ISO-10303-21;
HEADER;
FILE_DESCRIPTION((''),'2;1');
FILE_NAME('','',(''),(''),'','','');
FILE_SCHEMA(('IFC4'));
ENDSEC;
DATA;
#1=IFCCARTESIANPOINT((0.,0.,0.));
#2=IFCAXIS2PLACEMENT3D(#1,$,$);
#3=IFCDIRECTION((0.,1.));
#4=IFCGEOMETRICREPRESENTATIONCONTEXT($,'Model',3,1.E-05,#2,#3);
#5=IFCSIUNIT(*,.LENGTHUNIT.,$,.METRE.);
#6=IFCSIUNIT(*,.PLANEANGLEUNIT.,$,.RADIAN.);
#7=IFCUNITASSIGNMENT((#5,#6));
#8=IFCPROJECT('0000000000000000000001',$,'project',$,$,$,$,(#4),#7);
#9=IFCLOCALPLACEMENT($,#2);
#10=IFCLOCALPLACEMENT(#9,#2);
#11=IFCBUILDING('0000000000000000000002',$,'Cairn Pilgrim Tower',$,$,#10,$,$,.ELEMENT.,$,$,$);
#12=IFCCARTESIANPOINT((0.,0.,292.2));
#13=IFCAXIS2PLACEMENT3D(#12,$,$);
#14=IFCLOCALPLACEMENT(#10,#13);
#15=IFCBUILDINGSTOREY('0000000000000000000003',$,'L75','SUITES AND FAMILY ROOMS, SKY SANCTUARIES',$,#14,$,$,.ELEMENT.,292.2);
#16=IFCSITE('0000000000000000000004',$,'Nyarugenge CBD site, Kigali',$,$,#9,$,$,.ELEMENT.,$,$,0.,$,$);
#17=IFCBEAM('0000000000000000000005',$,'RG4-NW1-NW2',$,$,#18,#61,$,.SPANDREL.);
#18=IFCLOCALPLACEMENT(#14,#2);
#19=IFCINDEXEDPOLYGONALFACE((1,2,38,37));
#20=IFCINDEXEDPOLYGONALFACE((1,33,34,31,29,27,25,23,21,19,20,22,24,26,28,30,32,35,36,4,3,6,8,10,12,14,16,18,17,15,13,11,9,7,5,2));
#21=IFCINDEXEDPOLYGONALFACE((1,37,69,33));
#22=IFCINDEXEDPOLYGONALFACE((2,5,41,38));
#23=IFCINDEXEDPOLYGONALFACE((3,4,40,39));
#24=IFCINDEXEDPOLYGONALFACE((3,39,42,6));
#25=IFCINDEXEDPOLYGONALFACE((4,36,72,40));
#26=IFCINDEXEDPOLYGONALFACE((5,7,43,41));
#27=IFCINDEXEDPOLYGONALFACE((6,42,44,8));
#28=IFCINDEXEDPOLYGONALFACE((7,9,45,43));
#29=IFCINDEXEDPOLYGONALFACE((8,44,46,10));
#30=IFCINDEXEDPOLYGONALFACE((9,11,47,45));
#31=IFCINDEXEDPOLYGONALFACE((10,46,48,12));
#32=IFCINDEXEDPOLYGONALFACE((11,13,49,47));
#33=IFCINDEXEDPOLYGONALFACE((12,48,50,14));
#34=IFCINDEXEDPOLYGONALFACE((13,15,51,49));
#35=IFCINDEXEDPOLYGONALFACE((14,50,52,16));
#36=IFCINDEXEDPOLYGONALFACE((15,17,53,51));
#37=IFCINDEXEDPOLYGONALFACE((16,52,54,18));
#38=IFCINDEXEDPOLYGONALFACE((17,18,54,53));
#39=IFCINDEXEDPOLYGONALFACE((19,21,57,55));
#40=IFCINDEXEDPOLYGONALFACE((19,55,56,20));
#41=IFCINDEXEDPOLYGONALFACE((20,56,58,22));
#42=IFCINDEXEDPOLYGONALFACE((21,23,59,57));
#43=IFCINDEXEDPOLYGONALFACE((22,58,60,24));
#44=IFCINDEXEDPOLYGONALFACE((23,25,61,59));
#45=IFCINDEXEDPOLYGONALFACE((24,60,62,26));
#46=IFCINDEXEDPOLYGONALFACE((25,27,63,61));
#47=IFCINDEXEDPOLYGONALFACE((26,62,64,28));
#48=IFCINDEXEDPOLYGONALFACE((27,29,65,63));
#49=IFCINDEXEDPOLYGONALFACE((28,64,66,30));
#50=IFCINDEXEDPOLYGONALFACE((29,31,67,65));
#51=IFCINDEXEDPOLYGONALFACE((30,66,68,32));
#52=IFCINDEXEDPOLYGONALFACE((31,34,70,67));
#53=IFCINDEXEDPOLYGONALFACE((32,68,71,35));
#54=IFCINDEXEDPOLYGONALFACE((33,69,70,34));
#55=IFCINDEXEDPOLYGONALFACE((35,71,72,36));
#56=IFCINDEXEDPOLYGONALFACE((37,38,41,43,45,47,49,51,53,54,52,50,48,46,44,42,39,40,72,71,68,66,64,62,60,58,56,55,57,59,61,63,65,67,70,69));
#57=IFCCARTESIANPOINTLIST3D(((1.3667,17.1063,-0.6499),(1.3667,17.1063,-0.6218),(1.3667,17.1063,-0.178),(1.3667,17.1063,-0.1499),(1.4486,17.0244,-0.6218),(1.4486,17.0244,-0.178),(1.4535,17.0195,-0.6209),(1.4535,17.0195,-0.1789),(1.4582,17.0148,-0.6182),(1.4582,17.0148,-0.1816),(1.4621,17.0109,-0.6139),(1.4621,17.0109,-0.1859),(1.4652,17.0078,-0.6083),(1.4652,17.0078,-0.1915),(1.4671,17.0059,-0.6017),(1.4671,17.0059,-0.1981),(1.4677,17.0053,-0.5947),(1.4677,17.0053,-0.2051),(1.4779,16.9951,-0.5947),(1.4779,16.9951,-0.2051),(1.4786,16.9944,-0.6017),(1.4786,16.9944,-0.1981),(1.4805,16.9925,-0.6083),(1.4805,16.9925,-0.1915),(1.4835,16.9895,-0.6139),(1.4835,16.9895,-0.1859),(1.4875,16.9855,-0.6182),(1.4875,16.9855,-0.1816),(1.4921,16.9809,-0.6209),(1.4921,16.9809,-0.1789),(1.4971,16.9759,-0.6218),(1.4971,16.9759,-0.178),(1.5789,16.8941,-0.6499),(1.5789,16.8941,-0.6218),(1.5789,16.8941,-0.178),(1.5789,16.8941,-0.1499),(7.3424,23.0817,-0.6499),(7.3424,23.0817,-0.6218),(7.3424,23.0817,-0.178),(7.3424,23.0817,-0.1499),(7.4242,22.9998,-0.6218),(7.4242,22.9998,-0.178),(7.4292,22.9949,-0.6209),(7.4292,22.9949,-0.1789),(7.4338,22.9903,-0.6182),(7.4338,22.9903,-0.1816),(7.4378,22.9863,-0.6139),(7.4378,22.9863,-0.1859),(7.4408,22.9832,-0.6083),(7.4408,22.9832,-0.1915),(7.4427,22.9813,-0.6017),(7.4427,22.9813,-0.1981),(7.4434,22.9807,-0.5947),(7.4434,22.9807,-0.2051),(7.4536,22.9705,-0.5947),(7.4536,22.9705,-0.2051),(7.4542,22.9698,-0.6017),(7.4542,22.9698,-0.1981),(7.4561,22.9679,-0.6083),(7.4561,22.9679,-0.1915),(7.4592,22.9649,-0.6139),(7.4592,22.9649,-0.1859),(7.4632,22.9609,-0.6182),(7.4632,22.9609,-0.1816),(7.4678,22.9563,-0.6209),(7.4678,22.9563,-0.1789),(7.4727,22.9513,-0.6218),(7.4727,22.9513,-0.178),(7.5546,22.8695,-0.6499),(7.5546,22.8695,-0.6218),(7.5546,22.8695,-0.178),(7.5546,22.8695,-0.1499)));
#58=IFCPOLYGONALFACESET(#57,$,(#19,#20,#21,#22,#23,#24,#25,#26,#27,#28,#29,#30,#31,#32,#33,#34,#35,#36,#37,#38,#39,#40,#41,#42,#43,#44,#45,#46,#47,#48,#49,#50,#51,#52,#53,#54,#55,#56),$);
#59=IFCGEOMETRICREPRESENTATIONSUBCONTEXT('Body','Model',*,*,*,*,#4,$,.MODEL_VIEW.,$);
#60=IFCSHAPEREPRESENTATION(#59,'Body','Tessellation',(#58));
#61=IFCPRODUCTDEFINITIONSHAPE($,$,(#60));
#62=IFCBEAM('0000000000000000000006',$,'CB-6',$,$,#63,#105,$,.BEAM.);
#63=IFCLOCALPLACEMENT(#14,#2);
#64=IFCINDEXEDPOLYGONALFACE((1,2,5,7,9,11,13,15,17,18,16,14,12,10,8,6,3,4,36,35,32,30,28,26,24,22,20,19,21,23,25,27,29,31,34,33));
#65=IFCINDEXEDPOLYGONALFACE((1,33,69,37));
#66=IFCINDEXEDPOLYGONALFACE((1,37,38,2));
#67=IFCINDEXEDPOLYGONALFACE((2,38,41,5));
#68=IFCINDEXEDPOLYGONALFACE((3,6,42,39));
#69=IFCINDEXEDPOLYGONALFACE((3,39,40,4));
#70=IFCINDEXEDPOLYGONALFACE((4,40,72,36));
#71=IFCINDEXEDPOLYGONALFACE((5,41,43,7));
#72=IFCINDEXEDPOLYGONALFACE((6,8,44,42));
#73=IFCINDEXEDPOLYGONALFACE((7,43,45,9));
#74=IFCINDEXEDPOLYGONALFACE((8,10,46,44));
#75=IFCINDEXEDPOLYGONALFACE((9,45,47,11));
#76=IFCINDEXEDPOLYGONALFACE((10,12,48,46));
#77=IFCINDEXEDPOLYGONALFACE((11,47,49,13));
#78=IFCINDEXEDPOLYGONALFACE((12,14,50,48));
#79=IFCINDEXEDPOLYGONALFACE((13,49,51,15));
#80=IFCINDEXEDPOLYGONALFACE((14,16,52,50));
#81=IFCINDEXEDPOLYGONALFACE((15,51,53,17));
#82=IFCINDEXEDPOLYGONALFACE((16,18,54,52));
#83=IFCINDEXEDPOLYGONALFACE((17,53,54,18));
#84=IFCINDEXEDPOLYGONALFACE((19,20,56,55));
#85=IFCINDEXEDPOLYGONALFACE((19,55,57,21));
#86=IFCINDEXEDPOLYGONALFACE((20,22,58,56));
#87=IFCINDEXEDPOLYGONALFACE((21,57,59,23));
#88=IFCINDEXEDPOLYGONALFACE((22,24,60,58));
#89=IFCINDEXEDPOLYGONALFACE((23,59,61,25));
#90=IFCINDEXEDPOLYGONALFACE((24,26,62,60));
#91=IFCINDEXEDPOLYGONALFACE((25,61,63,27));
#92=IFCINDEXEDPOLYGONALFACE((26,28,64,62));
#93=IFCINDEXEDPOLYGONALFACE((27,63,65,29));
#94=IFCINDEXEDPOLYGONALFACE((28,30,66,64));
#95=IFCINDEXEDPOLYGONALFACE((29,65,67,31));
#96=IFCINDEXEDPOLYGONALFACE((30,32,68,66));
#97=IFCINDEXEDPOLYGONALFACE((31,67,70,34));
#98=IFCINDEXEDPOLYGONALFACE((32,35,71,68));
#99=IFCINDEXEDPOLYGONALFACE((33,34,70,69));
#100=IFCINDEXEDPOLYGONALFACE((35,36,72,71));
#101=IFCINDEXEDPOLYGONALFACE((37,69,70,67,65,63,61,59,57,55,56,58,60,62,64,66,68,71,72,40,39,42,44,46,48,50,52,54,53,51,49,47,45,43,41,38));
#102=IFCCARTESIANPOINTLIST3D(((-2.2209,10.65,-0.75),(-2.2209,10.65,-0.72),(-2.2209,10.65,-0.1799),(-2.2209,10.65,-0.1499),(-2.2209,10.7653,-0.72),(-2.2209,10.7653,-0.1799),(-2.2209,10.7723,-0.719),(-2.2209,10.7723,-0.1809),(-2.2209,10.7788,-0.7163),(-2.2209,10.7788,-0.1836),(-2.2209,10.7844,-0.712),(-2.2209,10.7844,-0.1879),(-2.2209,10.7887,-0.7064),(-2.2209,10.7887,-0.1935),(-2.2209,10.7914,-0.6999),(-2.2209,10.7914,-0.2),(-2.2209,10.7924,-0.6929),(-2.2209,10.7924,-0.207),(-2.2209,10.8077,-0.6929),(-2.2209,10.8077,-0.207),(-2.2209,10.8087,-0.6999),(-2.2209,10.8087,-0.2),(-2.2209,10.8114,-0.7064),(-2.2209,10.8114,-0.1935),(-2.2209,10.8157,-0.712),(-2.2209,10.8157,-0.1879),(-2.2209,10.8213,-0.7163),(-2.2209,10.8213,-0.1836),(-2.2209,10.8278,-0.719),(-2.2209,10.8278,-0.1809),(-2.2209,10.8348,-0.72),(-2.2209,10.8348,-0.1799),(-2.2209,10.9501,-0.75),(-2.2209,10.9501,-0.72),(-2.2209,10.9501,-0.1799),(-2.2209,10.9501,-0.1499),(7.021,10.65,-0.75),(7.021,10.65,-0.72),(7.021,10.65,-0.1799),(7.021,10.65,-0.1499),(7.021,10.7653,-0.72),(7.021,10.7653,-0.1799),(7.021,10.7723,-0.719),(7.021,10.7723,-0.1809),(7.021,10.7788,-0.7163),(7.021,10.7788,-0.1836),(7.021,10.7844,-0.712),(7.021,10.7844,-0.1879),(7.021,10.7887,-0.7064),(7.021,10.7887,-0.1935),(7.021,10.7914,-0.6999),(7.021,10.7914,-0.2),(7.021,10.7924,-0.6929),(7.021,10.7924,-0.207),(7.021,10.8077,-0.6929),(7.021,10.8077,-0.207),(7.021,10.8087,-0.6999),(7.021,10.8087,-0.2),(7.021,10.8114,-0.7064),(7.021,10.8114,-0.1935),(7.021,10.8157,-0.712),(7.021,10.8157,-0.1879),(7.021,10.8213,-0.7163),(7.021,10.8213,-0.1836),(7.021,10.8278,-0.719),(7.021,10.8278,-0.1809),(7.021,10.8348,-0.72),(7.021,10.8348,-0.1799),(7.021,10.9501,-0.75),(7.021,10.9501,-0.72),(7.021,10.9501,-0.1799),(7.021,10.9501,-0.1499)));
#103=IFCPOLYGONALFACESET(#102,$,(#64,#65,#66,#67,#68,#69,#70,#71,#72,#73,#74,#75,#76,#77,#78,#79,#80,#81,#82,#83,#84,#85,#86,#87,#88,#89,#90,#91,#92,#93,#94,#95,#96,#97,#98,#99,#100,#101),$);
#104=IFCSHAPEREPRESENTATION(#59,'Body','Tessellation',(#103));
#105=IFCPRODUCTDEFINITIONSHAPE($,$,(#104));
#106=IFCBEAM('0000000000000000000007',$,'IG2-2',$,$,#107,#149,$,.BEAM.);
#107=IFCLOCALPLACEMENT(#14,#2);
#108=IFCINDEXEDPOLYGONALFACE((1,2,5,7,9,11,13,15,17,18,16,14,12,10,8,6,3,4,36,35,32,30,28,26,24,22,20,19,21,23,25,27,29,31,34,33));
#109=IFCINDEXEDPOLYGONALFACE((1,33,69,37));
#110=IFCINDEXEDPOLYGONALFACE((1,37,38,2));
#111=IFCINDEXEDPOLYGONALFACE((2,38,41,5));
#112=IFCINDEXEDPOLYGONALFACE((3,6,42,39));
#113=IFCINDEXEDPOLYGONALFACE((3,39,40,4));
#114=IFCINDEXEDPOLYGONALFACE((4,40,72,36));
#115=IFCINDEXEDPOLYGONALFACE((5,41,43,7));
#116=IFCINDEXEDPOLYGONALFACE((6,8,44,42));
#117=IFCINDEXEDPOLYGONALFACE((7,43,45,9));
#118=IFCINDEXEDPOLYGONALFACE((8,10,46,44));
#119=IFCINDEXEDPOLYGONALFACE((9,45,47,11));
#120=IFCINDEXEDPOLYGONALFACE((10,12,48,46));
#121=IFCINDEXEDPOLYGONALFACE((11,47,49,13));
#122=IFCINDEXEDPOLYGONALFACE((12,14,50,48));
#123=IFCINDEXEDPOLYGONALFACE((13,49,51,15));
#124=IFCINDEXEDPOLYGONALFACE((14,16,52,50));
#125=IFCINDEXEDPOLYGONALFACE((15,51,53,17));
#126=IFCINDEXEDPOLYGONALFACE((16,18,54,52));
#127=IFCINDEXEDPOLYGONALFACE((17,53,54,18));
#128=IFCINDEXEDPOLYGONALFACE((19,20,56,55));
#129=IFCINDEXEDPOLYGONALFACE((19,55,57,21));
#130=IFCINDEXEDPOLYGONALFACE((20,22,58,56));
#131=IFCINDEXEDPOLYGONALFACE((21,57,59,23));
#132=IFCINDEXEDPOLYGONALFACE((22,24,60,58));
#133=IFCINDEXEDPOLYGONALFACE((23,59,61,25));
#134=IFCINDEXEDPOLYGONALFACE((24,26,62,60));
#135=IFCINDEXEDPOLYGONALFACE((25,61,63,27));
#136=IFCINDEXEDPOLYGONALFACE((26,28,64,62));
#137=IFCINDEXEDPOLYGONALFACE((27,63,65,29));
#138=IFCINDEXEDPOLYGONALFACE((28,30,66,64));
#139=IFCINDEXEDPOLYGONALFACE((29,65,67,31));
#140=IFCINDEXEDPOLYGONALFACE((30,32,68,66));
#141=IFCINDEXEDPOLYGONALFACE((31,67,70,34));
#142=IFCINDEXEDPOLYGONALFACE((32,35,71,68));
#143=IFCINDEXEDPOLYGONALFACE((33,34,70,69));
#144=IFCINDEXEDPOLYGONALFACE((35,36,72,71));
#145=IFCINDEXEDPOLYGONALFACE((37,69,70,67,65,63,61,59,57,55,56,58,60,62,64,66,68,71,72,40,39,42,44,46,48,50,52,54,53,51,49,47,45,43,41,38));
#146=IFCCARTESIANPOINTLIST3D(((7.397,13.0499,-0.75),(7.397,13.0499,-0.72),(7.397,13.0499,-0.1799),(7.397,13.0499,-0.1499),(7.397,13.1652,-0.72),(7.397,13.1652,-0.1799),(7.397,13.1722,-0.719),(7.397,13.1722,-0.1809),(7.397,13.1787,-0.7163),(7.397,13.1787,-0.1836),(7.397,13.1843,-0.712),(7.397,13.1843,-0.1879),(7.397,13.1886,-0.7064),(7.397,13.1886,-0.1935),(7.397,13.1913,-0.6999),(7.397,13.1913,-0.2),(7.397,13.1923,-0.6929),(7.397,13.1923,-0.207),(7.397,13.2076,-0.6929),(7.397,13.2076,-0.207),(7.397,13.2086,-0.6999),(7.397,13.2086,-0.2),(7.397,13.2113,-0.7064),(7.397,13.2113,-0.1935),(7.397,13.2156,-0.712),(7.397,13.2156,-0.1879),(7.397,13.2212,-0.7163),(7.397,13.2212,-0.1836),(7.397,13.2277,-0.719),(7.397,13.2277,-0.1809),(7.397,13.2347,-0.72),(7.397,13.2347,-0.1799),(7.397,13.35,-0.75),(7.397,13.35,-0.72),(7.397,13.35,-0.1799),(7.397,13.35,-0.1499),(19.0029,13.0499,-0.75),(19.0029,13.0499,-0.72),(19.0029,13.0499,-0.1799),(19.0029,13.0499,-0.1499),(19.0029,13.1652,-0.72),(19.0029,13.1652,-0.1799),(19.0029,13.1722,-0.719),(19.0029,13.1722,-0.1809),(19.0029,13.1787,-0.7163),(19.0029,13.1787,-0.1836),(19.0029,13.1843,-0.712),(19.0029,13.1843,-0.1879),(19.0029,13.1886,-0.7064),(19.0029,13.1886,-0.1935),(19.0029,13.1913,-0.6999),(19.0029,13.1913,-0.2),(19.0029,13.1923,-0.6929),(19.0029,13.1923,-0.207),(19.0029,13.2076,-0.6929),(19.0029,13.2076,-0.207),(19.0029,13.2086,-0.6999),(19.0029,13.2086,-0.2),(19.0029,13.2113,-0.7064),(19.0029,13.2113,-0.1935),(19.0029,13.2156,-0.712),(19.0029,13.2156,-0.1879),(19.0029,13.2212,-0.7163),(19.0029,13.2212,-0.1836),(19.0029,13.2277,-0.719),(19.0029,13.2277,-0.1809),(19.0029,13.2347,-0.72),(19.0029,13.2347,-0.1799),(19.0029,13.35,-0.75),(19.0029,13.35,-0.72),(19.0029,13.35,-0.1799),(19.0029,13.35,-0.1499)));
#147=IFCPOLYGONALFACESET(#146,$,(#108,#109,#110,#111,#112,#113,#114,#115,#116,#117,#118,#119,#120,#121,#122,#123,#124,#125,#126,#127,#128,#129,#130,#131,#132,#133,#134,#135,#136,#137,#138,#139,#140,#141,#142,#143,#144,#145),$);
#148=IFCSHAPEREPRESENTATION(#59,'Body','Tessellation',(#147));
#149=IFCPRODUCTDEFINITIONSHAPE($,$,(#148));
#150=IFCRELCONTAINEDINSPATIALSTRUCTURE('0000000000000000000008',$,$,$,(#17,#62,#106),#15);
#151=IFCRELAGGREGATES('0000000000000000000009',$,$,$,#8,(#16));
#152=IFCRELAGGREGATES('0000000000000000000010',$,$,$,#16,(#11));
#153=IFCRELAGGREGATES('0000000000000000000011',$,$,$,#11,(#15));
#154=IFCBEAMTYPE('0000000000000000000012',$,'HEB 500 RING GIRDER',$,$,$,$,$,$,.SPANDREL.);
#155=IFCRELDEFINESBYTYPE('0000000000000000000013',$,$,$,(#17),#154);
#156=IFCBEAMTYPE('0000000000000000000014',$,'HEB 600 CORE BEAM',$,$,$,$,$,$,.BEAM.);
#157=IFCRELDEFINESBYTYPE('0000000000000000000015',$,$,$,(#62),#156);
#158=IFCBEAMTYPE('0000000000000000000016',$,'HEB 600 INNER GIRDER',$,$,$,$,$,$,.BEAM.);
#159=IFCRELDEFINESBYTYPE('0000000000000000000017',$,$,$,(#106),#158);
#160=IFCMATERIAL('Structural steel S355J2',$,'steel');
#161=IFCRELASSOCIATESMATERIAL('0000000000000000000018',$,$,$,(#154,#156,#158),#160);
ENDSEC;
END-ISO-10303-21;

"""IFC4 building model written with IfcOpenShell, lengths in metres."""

from ifc_helpers import new_model, si_unit, direction, frame, origin, origin_2d, place, context, subcontext, project, spatial, i_section, extrude, material, material_profile, profile_set, type_object, element, save


model = new_model("IFC4")

# Units and contexts
model_context = context("Model", 3, precision=1e-05, world=origin(), true_north=direction((0.0, 1.0)))
body_context = subcontext(model_context, "Body", "Model", "MODEL_VIEW")
ifc_project = project(units=[si_unit("LENGTHUNIT", "METRE"), si_unit("PLANEANGLEUNIT", "RADIAN")], contexts=[model_context])

# Site, building, storey
site_placement = place(None, origin())
site = spatial("IfcSite", under=ifc_project, at=site_placement, Name="Nyarugenge CBD site, Kigali", CompositionType="ELEMENT", RefElevation=0.0)
building_placement = place(site_placement, origin())
building = spatial("IfcBuilding", under=site, at=building_placement, Name="Cairn Pilgrim Tower", CompositionType="ELEMENT")
storey_placement = place(building_placement, frame((0.0, 0.0, 292.2)))
storey = spatial("IfcBuildingStorey", under=building, at=storey_placement, Name="L75", Description="SUITES AND FAMILY ROOMS, SKY SANCTUARIES", CompositionType="ELEMENT", Elevation=292.2)

# Shared definitions
ifc_material_1 = material(Name="Structural steel S355J2", Category="steel")

# Beams
ifc_material_profile_1 = material_profile(ifc_material_1, i_section(OverallWidth=0.3, OverallDepth=0.5, WebThickness=0.0144, FlangeThickness=0.0281, FilletRadius=0.0271, at=origin_2d()), Name="HEB 500")
ifc_profile_set_1 = profile_set([ifc_material_profile_1], Name="Structural steel S355J2")
beam_type_1 = type_object("IfcBeamType", Name="HEB 500 RING GIRDER", PredefinedType="SPANDREL", material=ifc_profile_set_1)
beam_1_placement = place(storey_placement, frame((7.4485, 22.9756, -0.3999), z_axis=(-0.707121, -0.707092, 0.0), x_axis=(0.707092, -0.707121, 0.0)))
element("IfcBeam", 1, at=beam_1_placement, inside=storey, type_object=beam_type_1, Name="RG4-NW1-NW2", PredefinedType="SPANDREL", context=body_context, shape_type="SweptSolid", body=[
    extrude(i_section(OverallWidth=0.3, OverallDepth=0.5, WebThickness=0.0144, FlangeThickness=0.0281, FilletRadius=0.0271, at=origin_2d()), origin(), (0.0, 0.0, 1.0), 8.4507),
])
ifc_material_profile_2 = material_profile(ifc_material_1, i_section(OverallWidth=0.3, OverallDepth=0.6001, WebThickness=0.0154, FlangeThickness=0.03, FilletRadius=0.0271, at=origin_2d()), Name="HEB 600")
ifc_profile_set_2 = profile_set([ifc_material_profile_2], Name="Structural steel S355J2")
beam_type_2 = type_object("IfcBeamType", Name="HEB 600 CORE BEAM", PredefinedType="BEAM", material=ifc_profile_set_2)
beam_2_placement = place(storey_placement, frame((7.021, 10.8, -0.45), z_axis=(-1.0, 0.0, 0.0), x_axis=(0.0, -1.0, 0.0)))
element("IfcBeam", 2, at=beam_2_placement, inside=storey, type_object=beam_type_2, Name="CB-6", PredefinedType="BEAM", context=body_context, shape_type="SweptSolid", body=[
    extrude(i_section(OverallWidth=0.3, OverallDepth=0.6001, WebThickness=0.0154, FlangeThickness=0.03, FilletRadius=0.0271, at=origin_2d()), origin(), (0.0, 0.0, 1.0), 9.2419),
])
ifc_material_profile_3 = material_profile(ifc_material_1, i_section(OverallWidth=0.3, OverallDepth=0.6001, WebThickness=0.0154, FlangeThickness=0.03, FilletRadius=0.0271, at=origin_2d()), Name="HEB 600")
ifc_profile_set_3 = profile_set([ifc_material_profile_3], Name="Structural steel S355J2")
beam_type_3 = type_object("IfcBeamType", Name="HEB 600 INNER GIRDER", PredefinedType="BEAM", material=ifc_profile_set_3)
beam_3_placement = place(storey_placement, frame((7.397, 13.2, -0.45), z_axis=(1.0, 0.0, 0.0), x_axis=(0.0, 1.0, 0.0)))
element("IfcBeam", 3, at=beam_3_placement, inside=storey, type_object=beam_type_3, Name="IG2-2", PredefinedType="BEAM", context=body_context, shape_type="SweptSolid", body=[
    extrude(i_section(OverallWidth=0.3, OverallDepth=0.6001, WebThickness=0.0154, FlangeThickness=0.03, FilletRadius=0.0271, at=origin_2d()), origin(), (0.0, 0.0, 1.0), 11.606),
])

save(model, "model.ifc")
